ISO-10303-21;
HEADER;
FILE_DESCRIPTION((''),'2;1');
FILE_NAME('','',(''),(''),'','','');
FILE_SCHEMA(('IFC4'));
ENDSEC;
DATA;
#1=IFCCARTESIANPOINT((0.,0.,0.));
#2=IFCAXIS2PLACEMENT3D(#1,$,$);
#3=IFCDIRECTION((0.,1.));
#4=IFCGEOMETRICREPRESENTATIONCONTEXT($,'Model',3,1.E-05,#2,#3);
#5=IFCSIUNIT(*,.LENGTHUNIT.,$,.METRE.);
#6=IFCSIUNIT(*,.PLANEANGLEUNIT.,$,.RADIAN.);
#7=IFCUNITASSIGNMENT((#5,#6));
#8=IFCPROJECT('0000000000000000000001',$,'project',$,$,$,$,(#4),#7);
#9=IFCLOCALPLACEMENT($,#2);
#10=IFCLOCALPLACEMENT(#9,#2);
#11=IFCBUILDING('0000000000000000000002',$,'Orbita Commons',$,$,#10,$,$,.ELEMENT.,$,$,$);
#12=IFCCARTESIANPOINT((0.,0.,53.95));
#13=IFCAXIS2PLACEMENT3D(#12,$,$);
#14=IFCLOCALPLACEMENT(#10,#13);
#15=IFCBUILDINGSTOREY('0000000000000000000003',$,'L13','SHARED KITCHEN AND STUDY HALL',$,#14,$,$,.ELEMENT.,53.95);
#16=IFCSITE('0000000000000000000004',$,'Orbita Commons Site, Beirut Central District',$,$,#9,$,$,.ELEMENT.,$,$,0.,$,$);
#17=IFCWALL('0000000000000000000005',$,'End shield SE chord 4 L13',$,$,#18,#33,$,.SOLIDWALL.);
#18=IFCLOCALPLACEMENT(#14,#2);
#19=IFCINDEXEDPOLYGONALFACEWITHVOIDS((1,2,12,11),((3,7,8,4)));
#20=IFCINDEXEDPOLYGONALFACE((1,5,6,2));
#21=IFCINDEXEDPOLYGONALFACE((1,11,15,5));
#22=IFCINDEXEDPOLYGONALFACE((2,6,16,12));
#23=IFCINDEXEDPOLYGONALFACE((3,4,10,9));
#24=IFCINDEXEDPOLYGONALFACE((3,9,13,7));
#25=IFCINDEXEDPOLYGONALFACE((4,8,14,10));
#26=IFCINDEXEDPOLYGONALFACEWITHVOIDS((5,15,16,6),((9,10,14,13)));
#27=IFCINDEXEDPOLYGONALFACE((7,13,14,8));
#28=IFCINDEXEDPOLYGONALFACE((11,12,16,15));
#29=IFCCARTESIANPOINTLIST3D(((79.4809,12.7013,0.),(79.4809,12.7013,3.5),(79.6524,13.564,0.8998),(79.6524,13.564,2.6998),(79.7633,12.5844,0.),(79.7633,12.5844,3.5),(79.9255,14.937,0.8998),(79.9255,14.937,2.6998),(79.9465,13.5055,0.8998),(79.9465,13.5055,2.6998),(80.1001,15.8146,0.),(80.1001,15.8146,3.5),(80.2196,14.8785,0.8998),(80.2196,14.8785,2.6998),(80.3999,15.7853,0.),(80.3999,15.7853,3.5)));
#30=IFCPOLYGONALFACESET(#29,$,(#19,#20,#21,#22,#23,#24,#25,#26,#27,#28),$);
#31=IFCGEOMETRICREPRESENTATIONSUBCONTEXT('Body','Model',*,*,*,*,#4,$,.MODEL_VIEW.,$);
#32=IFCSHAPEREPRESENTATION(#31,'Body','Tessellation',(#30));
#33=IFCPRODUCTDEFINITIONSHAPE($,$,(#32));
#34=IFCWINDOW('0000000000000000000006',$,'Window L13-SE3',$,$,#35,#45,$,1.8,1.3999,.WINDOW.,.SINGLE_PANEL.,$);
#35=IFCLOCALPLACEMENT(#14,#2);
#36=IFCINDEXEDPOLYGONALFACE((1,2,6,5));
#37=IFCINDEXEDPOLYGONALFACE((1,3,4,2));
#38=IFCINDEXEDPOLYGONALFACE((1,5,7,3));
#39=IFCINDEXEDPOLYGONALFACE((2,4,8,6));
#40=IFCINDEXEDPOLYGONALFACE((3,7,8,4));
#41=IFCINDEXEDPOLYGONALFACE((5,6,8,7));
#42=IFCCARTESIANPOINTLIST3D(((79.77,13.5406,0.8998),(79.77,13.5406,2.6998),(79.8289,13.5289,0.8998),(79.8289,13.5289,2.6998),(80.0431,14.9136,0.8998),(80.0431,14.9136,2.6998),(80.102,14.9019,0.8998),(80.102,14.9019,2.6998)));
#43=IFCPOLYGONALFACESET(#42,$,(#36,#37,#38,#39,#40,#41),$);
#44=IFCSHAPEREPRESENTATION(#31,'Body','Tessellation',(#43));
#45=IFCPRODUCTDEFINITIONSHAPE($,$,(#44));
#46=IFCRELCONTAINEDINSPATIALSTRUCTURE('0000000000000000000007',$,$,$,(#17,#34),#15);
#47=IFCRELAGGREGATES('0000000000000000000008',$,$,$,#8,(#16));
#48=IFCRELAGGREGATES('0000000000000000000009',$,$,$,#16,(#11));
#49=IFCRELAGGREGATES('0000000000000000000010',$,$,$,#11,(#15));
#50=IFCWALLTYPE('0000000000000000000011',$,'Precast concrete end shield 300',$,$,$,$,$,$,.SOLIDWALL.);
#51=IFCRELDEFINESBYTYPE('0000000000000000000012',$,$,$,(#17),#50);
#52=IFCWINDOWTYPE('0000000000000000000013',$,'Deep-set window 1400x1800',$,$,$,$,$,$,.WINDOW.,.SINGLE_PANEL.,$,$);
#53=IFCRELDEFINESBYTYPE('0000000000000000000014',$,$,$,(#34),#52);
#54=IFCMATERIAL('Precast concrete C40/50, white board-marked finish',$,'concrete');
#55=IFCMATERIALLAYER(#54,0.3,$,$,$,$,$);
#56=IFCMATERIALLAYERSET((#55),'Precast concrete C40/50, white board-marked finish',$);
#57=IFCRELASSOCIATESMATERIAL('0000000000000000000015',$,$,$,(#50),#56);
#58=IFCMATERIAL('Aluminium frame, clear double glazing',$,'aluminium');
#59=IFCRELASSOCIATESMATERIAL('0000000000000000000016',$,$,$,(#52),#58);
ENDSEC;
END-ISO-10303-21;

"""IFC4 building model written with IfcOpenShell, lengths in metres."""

from ifc_helpers import new_model, si_unit, direction, frame, frame_2d, origin, place, context, subcontext, project, spatial, polyline, rectangle, outline, extrude, material, layer, layer_set, type_object, element, fill, save


model = new_model("IFC4")

# Units and contexts
model_context = context("Model", 3, precision=1e-05, world=origin(), true_north=direction((0.0, 1.0)))
body_context = subcontext(model_context, "Body", "Model", "MODEL_VIEW")
ifc_project = project(units=[si_unit("LENGTHUNIT", "METRE"), si_unit("PLANEANGLEUNIT", "RADIAN")], contexts=[model_context])

# Site, building, storey
site_placement = place(None, origin())
site = spatial("IfcSite", under=ifc_project, at=site_placement, Name="Orbita Commons Site, Beirut Central District", CompositionType="ELEMENT", RefElevation=0.0)
building_placement = place(site_placement, origin())
building = spatial("IfcBuilding", under=site, at=building_placement, Name="Orbita Commons", CompositionType="ELEMENT")
storey_placement = place(building_placement, frame((0.0, 0.0, 53.95)))
storey = spatial("IfcBuildingStorey", under=building, at=storey_placement, Name="L13", Description="SHARED KITCHEN AND STUDY HALL", CompositionType="ELEMENT", Elevation=53.95)

# Wall, opening, window
ifc_material_1 = material(Name="Precast concrete C40/50, white board-marked finish", Category="concrete")
ifc_layer_1 = layer(ifc_material_1, 0.3)
ifc_layer_set_1 = layer_set([ifc_layer_1], Name="Precast concrete C40/50, white board-marked finish")
wall_type_1 = type_object("IfcWallType", Name="Precast concrete end shield 300", PredefinedType="SOLIDWALL", material=ifc_layer_set_1)
wall_1_placement = place(storey_placement, frame((79.6221, 12.6428, 0.0), z_axis=(0.0, 0.0, 1.0), x_axis=(0.195066, 0.98079, 0.0)))
wall_1 = element("IfcWall", 1, at=wall_1_placement, inside=storey, type_object=wall_type_1, Name="End shield SE chord 4 L13", PredefinedType="SOLIDWALL", context=body_context, shape_type="SweptSolid", body=[
    extrude(outline(polyline([(-0.0298, -0.1499), (3.2339, -0.1499), (3.2041, 0.1499), (0.0298, 0.1499), (-0.0298, -0.1499)])), origin(), (0.0, 0.0, 1.0), 3.5),
])
opening_1_placement = place(wall_1_placement, frame((0.9094, 0.0, 0.8999)))
opening_1 = element("IfcOpeningElement", 2, at=opening_1_placement, cuts=wall_1, PredefinedType="OPENING", context=body_context, shape_type="SweptSolid", body=[
    extrude(rectangle(XDim=1.3999, YDim=1.8, at=frame_2d((0.7, 0.8999))), frame((0.0, 0.1599, 0.0), z_axis=(0.0, -1.0, 0.0), x_axis=(1.0, 0.0, 0.0)), (0.0, 0.0, 1.0), 0.3201),
])
ifc_material_2 = material(Name="Aluminium frame, clear double glazing", Category="aluminium")
window_type = type_object("IfcWindowType", Name="Deep-set window 1400x1800", PartitioningType="SINGLE_PANEL", PredefinedType="WINDOW", material=ifc_material_2)
window_placement = place(opening_1_placement, origin())
window = element("IfcWindow", 3, at=window_placement, inside=storey, type_object=window_type, Name="Window L13-SE3", OverallHeight=1.8, OverallWidth=1.3999, PartitioningType="SINGLE_PANEL", PredefinedType="WINDOW", context=body_context, shape_type="SweptSolid", body=[
    extrude(rectangle(XDim=1.3999, YDim=1.8, at=frame_2d((0.7, 0.8999))), frame((0.0, 0.03, 0.0), z_axis=(0.0, -1.0, 0.0), x_axis=(1.0, 0.0, 0.0)), (0.0, 0.0, 1.0), 0.0601),
])
fill(opening_1, window)

save(model, "model.ifc")
